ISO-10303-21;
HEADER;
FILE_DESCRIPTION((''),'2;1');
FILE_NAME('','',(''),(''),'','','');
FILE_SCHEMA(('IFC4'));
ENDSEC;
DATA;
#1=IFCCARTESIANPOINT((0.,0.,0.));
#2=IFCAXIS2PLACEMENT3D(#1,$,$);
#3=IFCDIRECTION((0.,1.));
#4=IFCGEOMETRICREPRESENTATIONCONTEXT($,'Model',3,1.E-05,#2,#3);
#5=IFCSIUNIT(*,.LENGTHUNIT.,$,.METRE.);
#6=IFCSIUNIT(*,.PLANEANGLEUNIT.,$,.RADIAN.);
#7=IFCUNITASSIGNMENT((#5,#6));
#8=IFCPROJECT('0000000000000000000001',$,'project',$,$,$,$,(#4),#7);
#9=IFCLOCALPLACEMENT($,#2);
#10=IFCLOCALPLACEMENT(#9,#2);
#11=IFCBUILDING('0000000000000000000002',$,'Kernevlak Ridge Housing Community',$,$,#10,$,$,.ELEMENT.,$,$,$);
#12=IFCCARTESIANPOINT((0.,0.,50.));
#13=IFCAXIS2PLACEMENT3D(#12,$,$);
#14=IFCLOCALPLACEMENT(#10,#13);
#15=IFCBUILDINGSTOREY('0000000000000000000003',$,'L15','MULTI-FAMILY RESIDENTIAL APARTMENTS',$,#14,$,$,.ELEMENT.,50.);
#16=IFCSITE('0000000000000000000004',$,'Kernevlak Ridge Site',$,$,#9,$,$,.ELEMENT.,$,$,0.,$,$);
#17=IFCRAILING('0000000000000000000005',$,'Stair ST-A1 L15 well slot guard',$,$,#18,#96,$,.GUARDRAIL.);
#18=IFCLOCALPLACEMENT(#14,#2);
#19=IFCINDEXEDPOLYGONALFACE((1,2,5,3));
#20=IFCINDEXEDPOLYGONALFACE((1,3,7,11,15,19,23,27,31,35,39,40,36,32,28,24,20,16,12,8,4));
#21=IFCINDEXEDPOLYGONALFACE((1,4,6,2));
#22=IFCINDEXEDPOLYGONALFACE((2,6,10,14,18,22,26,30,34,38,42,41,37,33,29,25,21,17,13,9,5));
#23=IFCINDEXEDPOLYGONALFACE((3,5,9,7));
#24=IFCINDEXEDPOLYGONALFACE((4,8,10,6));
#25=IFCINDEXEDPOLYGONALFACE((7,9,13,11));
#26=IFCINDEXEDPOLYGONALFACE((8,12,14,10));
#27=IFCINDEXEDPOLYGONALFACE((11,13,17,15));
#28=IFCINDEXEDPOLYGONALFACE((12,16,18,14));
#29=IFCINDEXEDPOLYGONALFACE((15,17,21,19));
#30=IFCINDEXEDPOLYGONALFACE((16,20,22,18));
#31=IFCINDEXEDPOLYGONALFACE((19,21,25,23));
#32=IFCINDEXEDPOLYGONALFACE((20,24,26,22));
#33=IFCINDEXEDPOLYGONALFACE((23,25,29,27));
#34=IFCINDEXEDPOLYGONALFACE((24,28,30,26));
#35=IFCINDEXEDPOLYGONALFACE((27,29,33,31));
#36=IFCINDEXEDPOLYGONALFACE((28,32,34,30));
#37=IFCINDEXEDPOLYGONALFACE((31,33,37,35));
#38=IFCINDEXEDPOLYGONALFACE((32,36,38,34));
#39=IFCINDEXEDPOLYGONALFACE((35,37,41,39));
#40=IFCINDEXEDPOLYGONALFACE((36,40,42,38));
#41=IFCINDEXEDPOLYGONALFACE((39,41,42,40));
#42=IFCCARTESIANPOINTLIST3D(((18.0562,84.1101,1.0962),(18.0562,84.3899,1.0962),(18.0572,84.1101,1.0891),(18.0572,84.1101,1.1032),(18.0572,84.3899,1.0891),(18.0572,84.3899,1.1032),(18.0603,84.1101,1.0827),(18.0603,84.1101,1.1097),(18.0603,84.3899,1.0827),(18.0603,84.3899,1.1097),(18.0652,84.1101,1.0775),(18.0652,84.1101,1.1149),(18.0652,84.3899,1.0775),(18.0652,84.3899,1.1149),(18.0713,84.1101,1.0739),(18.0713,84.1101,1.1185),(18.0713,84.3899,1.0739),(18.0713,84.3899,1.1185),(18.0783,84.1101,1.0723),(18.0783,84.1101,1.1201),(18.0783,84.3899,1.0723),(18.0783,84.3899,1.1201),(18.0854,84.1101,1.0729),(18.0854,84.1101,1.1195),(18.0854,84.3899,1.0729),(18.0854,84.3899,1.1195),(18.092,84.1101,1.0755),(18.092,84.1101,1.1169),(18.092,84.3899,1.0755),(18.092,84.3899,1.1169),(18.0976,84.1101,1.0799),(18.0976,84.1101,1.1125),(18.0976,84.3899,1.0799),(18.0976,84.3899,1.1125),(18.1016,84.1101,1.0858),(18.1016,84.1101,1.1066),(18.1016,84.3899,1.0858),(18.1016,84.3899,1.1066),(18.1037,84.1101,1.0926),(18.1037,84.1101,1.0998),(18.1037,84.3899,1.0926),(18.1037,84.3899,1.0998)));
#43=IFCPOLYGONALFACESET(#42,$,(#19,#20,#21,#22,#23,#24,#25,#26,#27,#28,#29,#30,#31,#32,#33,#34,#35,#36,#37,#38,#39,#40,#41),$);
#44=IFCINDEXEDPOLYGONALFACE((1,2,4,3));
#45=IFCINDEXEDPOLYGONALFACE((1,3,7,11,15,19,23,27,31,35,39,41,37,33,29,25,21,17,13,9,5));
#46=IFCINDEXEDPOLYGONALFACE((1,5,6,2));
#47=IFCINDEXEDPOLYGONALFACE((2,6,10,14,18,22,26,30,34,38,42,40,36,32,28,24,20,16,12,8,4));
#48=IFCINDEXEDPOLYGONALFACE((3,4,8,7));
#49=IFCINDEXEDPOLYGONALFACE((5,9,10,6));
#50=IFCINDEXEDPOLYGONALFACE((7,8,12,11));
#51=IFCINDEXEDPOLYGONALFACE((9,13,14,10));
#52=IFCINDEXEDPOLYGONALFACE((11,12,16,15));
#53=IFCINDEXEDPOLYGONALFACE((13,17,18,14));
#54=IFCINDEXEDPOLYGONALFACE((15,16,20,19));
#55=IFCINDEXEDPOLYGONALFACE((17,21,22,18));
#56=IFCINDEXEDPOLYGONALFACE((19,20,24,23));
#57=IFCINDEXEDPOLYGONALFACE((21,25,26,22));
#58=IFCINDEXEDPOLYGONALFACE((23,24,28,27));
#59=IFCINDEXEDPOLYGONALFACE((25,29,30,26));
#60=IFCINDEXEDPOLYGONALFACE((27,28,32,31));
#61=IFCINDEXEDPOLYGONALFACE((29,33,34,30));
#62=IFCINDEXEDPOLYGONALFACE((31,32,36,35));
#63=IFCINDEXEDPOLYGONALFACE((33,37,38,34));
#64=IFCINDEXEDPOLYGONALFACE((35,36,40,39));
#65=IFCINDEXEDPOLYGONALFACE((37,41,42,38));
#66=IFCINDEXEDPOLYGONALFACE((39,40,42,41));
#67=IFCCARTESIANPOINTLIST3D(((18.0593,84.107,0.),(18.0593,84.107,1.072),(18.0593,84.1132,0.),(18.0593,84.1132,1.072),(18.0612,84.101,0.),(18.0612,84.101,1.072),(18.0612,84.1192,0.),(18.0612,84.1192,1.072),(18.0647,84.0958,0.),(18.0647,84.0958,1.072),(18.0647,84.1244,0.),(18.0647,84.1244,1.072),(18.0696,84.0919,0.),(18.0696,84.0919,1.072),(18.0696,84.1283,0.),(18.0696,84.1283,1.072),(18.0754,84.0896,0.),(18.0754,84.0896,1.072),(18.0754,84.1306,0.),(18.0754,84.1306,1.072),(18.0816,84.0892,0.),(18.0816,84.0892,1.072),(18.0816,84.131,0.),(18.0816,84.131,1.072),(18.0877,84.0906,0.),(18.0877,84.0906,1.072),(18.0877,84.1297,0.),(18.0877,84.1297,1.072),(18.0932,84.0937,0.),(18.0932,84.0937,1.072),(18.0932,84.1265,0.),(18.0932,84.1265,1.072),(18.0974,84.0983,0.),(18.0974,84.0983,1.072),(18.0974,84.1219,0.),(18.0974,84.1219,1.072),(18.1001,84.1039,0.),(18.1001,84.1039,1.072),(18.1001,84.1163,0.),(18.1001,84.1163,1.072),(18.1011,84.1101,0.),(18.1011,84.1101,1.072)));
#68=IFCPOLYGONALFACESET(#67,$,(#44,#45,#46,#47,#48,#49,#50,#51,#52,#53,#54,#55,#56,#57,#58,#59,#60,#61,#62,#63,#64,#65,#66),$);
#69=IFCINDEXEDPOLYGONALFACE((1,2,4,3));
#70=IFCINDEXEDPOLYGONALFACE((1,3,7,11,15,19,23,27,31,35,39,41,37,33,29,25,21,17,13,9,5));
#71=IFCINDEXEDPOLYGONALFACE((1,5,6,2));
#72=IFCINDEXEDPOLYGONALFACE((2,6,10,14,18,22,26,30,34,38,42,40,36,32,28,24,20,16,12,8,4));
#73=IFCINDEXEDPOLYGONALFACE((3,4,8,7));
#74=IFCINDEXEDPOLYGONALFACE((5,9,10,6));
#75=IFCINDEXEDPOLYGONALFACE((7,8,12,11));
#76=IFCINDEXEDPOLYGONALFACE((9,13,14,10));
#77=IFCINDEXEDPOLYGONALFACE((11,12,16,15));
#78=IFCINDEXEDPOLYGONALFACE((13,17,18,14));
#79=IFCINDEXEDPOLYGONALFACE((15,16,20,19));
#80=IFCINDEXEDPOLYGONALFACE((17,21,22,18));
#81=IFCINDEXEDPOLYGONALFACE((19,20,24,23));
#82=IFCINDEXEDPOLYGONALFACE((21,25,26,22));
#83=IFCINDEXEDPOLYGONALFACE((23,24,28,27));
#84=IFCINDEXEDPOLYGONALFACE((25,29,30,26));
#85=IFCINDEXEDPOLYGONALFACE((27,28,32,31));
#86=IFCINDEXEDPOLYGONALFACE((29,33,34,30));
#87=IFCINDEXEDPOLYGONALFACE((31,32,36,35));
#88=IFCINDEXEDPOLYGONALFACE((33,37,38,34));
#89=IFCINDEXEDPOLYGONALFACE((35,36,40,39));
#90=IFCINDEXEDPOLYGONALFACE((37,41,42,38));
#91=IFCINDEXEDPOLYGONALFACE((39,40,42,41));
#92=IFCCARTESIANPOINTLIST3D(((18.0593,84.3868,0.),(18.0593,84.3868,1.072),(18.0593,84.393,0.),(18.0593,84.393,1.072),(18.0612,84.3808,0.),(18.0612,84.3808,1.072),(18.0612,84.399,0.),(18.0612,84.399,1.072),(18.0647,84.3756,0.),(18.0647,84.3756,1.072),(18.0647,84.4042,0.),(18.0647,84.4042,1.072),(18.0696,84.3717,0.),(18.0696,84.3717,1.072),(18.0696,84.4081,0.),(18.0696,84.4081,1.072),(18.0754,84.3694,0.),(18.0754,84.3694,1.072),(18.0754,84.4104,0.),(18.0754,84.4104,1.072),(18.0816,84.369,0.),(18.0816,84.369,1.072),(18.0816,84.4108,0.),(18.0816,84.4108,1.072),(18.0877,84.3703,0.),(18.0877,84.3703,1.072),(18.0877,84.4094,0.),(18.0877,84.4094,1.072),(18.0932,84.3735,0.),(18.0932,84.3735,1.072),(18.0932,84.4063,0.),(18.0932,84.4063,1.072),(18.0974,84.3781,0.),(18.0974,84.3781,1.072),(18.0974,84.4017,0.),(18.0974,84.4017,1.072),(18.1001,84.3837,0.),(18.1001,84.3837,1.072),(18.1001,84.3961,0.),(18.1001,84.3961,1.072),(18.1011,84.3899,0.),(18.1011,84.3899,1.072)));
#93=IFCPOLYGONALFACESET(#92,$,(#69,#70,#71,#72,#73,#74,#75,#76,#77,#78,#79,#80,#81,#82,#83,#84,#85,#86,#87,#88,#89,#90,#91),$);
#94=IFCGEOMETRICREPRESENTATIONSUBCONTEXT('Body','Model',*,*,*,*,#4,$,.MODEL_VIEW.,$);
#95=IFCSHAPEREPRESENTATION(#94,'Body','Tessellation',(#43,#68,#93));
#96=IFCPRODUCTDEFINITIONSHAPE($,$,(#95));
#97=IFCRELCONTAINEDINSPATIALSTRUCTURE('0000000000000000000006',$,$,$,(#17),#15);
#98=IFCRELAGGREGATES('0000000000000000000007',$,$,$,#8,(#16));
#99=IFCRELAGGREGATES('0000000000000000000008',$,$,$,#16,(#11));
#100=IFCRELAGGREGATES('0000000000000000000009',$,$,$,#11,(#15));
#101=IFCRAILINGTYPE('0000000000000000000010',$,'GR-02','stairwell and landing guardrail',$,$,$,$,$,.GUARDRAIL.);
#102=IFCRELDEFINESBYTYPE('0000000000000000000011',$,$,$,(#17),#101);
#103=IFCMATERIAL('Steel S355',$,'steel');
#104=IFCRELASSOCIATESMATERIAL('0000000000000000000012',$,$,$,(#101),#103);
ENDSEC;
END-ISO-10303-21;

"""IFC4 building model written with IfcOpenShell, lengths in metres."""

from ifc_helpers import new_model, si_unit, direction, frame, origin, origin_2d, place, context, subcontext, project, spatial, circle, extrude, material, type_object, element, save


model = new_model("IFC4")

# Units and contexts
model_context = context("Model", 3, precision=1e-05, world=origin(), true_north=direction((0.0, 1.0)))
body_context = subcontext(model_context, "Body", "Model", "MODEL_VIEW")
ifc_project = project(units=[si_unit("LENGTHUNIT", "METRE"), si_unit("PLANEANGLEUNIT", "RADIAN")], contexts=[model_context])

# Site, building, storey
site_placement = place(None, origin())
site = spatial("IfcSite", under=ifc_project, at=site_placement, Name="Kernevlak Ridge Site", CompositionType="ELEMENT", RefElevation=0.0)
building_placement = place(site_placement, origin())
building = spatial("IfcBuilding", under=site, at=building_placement, Name="Kernevlak Ridge Housing Community", CompositionType="ELEMENT")
storey_placement = place(building_placement, frame((0.0, 0.0, 50.0)))
storey = spatial("IfcBuildingStorey", under=building, at=storey_placement, Name="L15", Description="MULTI-FAMILY RESIDENTIAL APARTMENTS", CompositionType="ELEMENT", Elevation=50.0)

# Railing
ifc_material_1 = material(Name="Steel S355", Category="steel")
railing_type_1 = type_object("IfcRailingType", Name="GR-02", Description="stairwell and landing guardrail", PredefinedType="GUARDRAIL", material=ifc_material_1)
railing_1_placement = place(storey_placement, frame((18.0801, 84.1101, 0.0)))
element("IfcRailing", 1, at=railing_1_placement, inside=storey, type_object=railing_type_1, Name="Stair ST-A1 L15 well slot guard", PredefinedType="GUARDRAIL", context=body_context, shape_type="SweptSolid", body=[
    extrude(circle(Radius=0.0239, at=origin_2d()), frame((0.0, 0.0, 1.0962), z_axis=(0.0, 1.0, 0.0), x_axis=(-1.0, 0.0, 0.0)), (0.0, 0.0, 1.0), 0.2798),
    extrude(circle(Radius=0.021, at=origin_2d()), origin(), (0.0, 0.0, 1.0), 1.072),
    extrude(circle(Radius=0.021, at=origin_2d()), frame((0.0, 0.2798, 0.0)), (0.0, 0.0, 1.0), 1.072),
])

save(model, "model.ifc")
